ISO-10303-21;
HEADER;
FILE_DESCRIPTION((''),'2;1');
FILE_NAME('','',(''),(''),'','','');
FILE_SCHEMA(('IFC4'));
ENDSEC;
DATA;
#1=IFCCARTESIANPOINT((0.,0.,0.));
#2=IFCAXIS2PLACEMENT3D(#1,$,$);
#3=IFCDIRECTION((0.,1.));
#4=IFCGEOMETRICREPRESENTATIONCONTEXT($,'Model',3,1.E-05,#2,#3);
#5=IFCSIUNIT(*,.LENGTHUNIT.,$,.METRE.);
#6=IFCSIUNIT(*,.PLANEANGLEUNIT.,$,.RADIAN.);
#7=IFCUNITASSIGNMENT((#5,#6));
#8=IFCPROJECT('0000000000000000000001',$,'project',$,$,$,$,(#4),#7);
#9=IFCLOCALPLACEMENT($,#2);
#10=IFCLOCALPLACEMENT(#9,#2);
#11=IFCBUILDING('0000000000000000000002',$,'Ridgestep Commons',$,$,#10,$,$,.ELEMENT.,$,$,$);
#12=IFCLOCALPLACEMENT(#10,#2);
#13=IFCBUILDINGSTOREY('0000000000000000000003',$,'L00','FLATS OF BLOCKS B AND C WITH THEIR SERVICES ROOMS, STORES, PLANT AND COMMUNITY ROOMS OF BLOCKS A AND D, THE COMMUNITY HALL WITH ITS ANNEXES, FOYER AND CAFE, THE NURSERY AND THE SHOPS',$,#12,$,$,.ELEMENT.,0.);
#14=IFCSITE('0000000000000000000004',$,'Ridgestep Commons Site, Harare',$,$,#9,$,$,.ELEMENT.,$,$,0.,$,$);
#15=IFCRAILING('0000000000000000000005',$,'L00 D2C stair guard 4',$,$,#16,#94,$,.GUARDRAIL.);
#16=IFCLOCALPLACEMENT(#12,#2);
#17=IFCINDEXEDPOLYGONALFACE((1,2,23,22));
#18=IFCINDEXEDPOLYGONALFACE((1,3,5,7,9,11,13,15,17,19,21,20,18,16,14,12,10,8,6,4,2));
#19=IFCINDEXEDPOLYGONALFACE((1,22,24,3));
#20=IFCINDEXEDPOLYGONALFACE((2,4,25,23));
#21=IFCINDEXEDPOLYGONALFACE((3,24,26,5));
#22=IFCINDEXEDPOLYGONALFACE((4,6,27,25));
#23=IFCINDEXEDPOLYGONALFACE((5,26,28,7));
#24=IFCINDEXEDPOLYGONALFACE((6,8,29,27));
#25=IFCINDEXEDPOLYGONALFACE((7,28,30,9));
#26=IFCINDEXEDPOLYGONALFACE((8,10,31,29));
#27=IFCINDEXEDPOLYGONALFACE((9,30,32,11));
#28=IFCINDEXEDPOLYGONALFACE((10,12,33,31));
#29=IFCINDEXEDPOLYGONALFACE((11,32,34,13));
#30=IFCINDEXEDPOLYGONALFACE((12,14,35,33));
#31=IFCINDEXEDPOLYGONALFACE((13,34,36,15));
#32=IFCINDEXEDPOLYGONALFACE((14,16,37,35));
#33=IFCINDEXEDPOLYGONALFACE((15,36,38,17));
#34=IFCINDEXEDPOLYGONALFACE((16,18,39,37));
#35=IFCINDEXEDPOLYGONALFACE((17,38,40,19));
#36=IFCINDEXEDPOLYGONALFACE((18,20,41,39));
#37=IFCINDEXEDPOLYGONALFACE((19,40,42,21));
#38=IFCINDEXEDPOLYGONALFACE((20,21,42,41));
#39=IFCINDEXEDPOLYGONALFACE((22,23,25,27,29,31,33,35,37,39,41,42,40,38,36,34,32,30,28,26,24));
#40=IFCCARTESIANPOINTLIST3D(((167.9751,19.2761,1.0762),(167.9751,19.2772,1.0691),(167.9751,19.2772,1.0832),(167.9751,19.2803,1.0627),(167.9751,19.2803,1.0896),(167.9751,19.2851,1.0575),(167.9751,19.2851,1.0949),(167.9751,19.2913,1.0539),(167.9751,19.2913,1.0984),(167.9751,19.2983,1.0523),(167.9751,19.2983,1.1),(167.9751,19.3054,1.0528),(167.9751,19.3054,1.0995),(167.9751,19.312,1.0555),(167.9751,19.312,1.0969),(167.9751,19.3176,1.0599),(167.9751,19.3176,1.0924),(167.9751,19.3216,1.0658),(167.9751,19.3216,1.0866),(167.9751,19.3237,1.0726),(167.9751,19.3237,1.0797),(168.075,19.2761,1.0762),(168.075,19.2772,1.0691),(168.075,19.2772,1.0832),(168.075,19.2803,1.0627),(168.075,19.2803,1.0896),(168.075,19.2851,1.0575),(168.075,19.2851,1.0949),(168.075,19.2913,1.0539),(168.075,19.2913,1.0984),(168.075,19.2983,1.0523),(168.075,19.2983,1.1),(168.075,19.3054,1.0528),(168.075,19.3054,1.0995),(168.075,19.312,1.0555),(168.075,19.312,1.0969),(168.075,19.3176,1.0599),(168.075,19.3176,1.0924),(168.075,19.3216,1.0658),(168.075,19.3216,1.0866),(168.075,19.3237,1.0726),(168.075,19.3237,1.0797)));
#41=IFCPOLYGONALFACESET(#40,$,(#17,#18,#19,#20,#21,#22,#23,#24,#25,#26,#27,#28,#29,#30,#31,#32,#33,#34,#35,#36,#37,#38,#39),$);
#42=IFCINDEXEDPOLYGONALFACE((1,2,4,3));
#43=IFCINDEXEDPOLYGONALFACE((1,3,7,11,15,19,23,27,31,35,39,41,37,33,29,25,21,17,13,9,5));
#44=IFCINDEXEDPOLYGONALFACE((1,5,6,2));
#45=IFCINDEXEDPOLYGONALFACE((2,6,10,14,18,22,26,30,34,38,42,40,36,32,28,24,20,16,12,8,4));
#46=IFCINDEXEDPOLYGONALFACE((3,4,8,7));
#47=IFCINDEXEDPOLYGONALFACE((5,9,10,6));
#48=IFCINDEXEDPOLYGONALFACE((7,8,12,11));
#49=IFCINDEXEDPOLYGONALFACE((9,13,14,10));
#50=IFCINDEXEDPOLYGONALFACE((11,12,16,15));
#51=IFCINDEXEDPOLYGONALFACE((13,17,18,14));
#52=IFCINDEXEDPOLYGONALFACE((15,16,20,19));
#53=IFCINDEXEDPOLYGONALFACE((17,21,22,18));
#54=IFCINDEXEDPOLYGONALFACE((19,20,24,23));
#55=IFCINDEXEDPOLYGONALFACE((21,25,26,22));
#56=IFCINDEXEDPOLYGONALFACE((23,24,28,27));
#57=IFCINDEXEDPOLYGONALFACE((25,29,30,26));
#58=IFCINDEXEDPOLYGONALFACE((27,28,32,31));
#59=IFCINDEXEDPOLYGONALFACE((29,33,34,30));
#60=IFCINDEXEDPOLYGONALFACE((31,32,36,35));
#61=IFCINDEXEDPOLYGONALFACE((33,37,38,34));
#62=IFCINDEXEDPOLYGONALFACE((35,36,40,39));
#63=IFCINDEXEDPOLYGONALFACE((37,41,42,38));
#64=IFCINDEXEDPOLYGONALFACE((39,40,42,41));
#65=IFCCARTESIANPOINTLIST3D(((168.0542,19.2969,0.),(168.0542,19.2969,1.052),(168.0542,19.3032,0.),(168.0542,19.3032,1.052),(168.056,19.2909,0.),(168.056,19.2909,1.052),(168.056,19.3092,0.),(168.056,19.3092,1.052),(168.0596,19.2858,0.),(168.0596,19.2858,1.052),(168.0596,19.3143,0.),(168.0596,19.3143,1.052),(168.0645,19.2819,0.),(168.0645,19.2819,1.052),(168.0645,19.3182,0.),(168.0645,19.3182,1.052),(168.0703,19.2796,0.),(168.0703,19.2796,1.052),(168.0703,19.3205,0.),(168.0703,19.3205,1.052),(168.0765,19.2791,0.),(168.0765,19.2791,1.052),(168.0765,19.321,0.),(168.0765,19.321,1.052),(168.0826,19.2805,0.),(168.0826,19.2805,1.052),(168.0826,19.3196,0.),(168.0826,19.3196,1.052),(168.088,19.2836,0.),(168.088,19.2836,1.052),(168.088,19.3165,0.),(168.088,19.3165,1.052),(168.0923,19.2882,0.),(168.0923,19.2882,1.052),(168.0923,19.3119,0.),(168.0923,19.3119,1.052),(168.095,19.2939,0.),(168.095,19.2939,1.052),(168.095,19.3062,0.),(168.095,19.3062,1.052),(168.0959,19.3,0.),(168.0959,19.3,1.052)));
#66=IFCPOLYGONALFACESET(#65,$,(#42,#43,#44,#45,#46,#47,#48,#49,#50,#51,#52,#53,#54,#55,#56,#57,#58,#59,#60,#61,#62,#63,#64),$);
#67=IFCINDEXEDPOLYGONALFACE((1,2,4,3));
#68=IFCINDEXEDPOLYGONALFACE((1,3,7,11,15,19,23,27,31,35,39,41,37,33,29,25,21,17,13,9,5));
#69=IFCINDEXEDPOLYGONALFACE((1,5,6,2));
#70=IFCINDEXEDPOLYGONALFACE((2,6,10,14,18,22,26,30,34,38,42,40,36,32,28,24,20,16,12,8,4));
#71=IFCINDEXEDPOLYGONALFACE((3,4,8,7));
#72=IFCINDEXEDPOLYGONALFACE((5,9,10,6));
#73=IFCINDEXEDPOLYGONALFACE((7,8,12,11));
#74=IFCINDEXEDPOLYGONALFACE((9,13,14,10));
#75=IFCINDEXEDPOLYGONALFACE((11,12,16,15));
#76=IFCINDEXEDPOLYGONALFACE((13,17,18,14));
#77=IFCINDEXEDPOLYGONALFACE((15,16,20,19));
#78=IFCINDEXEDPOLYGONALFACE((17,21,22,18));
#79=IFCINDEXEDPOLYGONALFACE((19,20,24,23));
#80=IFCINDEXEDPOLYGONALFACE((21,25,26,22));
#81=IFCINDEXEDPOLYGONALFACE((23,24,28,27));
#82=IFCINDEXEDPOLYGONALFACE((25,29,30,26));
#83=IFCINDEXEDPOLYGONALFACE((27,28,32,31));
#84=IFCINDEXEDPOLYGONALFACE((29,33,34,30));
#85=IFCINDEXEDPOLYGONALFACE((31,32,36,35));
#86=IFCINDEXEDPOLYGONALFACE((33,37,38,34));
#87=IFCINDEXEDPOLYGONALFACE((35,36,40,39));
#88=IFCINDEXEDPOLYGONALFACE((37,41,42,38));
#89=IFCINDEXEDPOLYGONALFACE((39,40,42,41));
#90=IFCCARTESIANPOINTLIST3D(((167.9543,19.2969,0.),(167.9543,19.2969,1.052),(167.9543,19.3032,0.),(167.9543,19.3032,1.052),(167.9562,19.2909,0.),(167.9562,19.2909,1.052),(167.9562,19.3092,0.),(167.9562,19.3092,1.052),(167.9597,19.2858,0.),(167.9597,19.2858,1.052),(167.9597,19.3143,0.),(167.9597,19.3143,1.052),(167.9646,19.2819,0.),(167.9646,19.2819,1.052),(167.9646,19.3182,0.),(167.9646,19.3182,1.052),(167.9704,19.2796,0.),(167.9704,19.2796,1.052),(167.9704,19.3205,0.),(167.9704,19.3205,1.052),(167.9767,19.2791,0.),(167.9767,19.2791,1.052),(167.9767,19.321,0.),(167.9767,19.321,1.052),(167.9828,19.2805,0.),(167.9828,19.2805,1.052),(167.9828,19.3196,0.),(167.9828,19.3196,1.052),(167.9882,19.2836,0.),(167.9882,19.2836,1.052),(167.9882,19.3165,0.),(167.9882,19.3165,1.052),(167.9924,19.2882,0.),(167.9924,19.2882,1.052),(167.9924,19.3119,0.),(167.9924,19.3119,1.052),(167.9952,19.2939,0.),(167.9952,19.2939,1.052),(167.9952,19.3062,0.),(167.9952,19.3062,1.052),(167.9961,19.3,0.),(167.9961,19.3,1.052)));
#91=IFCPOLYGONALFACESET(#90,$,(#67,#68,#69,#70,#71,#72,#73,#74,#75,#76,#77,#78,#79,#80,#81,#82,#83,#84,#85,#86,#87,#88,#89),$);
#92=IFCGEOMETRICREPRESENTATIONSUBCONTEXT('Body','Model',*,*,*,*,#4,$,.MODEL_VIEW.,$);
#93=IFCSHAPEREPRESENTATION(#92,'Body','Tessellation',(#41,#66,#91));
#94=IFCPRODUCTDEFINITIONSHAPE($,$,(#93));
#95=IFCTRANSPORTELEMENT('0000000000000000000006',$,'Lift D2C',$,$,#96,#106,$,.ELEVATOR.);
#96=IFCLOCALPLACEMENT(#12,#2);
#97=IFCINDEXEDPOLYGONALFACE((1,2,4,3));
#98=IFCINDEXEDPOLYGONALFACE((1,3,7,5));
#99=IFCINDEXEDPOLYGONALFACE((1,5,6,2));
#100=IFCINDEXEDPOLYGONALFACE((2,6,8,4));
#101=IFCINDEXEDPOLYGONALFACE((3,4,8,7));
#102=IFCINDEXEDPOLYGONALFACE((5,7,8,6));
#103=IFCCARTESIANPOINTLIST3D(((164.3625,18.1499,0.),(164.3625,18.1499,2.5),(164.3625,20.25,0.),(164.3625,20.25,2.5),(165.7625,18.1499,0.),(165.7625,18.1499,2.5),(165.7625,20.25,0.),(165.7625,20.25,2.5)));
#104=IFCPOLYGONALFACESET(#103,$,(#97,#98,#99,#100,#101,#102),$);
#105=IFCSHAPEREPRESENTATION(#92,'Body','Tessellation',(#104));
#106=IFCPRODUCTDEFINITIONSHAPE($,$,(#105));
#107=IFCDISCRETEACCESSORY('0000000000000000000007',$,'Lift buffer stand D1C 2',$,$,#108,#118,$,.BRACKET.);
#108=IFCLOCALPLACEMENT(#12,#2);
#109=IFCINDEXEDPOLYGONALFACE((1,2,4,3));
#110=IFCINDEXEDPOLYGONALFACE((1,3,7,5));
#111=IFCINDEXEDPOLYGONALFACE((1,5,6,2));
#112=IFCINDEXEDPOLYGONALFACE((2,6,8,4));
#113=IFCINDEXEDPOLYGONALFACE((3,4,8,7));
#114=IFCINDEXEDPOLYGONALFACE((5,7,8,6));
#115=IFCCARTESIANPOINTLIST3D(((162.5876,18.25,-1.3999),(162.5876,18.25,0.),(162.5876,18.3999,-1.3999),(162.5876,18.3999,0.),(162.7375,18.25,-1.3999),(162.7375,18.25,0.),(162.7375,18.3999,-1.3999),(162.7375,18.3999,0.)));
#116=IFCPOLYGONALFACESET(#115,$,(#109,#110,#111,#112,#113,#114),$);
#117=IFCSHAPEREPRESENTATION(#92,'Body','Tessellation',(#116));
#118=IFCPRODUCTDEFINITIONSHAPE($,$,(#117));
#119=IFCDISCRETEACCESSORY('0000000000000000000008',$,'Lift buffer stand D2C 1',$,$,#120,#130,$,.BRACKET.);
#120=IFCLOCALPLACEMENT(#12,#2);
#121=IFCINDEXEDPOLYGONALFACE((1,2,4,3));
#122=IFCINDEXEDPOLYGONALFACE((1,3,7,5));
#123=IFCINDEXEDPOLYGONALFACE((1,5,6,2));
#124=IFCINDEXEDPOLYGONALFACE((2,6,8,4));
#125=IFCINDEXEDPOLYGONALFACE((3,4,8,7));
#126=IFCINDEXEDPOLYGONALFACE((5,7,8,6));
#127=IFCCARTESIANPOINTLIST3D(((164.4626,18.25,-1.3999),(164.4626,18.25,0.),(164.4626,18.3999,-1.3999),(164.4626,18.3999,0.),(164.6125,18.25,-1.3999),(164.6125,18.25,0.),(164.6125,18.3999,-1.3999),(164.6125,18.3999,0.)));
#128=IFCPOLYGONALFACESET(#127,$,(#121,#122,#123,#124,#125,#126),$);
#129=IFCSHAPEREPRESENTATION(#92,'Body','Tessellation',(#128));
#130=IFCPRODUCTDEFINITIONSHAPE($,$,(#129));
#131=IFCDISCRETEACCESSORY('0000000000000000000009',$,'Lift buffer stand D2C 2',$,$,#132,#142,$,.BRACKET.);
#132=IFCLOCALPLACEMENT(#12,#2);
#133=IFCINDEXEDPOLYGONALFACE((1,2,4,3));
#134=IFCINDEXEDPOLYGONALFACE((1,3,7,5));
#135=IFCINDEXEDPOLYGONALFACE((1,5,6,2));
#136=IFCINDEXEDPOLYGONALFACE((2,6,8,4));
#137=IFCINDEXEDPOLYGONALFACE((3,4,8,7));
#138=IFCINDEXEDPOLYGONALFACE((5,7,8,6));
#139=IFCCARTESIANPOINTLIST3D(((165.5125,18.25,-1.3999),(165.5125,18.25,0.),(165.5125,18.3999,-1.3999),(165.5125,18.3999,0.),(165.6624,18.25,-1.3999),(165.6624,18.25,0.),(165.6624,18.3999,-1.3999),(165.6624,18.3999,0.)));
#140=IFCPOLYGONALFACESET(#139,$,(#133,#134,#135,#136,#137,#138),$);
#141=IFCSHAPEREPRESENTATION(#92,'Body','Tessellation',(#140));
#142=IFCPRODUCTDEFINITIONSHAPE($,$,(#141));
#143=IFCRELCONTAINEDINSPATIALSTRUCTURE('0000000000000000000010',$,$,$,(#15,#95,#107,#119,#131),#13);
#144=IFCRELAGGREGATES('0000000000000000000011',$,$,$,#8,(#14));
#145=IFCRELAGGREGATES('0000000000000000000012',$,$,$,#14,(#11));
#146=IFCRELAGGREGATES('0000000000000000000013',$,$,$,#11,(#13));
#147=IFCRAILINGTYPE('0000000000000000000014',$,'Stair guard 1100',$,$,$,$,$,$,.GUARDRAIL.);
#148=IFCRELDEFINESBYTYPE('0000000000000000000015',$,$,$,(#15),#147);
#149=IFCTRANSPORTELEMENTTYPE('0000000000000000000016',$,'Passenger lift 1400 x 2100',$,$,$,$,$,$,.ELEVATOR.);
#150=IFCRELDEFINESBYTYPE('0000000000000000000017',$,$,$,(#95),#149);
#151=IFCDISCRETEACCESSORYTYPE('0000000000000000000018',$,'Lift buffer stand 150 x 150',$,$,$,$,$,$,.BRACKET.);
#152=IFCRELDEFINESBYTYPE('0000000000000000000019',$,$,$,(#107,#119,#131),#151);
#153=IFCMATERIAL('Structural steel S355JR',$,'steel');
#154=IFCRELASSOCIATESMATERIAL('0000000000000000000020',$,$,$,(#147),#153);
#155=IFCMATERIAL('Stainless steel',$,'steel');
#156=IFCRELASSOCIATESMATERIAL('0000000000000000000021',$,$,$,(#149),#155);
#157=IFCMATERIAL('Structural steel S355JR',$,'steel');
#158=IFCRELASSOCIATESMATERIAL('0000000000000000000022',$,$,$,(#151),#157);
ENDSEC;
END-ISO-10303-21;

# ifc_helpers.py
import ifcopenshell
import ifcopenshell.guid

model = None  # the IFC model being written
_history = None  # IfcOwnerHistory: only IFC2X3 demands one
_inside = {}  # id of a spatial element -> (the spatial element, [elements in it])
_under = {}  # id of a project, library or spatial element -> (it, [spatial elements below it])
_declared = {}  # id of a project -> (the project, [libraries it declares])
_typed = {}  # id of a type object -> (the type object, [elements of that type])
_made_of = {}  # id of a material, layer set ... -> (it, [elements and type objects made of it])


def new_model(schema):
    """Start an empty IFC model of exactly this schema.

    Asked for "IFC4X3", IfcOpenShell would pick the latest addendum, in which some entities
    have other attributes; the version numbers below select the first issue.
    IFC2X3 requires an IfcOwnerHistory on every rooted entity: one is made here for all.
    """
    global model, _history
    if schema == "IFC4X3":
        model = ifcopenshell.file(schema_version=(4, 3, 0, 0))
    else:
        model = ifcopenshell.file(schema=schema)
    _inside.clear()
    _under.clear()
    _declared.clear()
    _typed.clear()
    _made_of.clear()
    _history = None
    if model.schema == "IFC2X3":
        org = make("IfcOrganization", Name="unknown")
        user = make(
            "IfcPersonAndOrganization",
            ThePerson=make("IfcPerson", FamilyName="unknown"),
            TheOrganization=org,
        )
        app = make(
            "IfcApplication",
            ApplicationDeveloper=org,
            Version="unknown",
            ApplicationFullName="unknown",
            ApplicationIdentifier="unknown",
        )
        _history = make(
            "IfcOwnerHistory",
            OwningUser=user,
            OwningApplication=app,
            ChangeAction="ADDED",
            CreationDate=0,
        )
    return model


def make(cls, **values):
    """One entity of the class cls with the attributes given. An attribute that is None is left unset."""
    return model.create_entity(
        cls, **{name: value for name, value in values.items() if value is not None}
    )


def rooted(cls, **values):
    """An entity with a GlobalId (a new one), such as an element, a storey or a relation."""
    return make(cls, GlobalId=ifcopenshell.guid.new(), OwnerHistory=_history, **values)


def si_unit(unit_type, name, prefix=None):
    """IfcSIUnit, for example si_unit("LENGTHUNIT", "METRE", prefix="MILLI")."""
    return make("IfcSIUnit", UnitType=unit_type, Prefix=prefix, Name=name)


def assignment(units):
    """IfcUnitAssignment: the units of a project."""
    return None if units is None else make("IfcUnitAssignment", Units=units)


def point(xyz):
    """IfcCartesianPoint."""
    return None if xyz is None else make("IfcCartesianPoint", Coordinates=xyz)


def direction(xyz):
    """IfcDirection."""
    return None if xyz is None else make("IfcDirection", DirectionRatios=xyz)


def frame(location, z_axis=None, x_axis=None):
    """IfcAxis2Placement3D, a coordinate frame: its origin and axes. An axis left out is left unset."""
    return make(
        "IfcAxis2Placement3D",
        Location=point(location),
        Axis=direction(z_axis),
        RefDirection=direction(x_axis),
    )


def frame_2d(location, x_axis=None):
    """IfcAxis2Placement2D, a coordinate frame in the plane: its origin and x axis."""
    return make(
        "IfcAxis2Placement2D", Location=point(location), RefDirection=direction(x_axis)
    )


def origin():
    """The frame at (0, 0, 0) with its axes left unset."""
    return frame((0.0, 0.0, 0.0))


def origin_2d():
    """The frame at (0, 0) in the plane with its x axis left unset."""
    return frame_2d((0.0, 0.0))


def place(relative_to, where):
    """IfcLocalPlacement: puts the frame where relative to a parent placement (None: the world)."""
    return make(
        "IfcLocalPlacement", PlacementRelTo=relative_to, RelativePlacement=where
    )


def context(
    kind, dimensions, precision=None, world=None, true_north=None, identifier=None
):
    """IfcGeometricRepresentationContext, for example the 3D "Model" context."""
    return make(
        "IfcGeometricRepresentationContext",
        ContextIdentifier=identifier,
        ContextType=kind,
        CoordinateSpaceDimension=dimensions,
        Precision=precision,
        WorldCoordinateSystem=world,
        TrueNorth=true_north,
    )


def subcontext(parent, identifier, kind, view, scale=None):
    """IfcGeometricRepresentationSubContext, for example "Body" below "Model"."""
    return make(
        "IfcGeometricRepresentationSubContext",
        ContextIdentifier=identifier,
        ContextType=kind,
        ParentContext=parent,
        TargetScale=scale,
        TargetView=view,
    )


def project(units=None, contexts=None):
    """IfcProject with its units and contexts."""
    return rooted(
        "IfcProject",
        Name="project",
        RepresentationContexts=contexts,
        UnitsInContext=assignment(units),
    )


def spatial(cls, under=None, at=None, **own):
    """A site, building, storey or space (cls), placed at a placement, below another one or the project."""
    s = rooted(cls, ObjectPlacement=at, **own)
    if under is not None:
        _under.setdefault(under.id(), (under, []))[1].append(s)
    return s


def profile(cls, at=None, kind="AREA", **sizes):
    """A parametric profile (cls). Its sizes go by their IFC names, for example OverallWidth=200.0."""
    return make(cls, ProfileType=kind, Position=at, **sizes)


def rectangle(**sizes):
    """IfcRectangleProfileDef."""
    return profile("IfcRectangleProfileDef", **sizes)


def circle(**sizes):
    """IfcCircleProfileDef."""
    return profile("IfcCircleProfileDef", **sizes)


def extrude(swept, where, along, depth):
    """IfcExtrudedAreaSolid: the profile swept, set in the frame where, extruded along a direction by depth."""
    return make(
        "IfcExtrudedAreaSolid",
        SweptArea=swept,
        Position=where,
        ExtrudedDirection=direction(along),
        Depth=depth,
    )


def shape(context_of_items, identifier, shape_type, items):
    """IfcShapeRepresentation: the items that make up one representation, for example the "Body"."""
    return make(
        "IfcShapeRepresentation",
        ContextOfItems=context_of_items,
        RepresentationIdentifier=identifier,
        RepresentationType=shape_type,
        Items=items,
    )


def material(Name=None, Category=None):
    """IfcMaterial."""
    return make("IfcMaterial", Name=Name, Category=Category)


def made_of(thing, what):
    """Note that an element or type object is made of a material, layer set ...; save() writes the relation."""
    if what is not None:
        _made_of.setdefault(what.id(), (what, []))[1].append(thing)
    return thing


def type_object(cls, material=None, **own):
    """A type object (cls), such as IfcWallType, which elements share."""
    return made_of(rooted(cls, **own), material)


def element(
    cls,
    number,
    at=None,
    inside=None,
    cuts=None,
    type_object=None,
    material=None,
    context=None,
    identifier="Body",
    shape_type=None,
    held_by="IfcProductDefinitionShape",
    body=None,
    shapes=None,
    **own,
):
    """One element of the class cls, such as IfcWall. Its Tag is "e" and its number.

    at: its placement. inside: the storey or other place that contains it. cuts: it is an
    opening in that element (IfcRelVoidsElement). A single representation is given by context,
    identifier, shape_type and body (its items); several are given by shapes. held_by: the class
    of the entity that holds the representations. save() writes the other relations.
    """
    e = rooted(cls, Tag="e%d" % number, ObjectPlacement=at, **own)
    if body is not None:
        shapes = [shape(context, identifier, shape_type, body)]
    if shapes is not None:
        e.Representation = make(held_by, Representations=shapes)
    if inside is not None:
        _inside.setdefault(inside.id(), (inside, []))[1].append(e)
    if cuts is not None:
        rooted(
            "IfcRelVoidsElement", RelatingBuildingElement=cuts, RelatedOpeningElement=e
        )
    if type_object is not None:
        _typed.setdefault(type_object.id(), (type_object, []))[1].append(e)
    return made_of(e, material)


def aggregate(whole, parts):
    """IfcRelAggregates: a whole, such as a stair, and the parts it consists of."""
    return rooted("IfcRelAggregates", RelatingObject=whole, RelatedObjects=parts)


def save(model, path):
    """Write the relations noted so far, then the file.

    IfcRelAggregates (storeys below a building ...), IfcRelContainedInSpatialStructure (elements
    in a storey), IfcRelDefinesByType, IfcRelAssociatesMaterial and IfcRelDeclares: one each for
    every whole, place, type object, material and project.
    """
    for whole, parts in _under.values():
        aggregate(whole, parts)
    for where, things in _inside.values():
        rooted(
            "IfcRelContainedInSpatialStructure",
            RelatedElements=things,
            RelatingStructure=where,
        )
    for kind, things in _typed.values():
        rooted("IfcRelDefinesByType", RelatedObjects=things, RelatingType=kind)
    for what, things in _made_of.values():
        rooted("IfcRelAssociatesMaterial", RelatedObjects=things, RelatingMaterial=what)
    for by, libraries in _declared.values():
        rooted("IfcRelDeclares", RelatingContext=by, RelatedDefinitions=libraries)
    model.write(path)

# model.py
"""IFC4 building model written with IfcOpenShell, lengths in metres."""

from ifc_helpers import new_model, si_unit, direction, frame, origin, origin_2d, place, context, subcontext, project, spatial, rectangle, circle, extrude, material, type_object, element, save


model = new_model("IFC4")

# Units and contexts
model_context = context("Model", 3, precision=1e-05, world=origin(), true_north=direction((0.0, 1.0)))
body_context = subcontext(model_context, "Body", "Model", "MODEL_VIEW")
ifc_project = project(units=[si_unit("LENGTHUNIT", "METRE"), si_unit("PLANEANGLEUNIT", "RADIAN")], contexts=[model_context])

# Site, building, storey
site_placement = place(None, origin())
site = spatial("IfcSite", under=ifc_project, at=site_placement, Name="Ridgestep Commons Site, Harare", CompositionType="ELEMENT", RefElevation=0.0)
building_placement = place(site_placement, origin())
building = spatial("IfcBuilding", under=site, at=building_placement, Name="Ridgestep Commons", CompositionType="ELEMENT")
storey_placement = place(building_placement, origin())
storey = spatial("IfcBuildingStorey", under=building, at=storey_placement, Name="L00", Description="FLATS OF BLOCKS B AND C WITH THEIR SERVICES ROOMS, STORES, PLANT AND COMMUNITY ROOMS OF BLOCKS A AND D, THE COMMUNITY HALL WITH ITS ANNEXES, FOYER AND CAFE, THE NURSERY AND THE SHOPS", CompositionType="ELEMENT", Elevation=0.0)

# Railing
ifc_material_1 = material(Name="Structural steel S355JR", Category="steel")
railing_type_1 = type_object("IfcRailingType", Name="Stair guard 1100", PredefinedType="GUARDRAIL", material=ifc_material_1)
railing_1_placement = place(storey_placement, frame((168.075, 19.3, 0.0)))
element("IfcRailing", 1, at=railing_1_placement, inside=storey, type_object=railing_type_1, Name="L00 D2C stair guard 4", PredefinedType="GUARDRAIL", context=body_context, shape_type="SweptSolid", body=[
    extrude(circle(Radius=0.0239, at=origin_2d()), frame((0.0, 0.0, 1.0762), z_axis=(-1.0, 0.0, 0.0), x_axis=(0.0, -1.0, 0.0)), (0.0, 0.0, 1.0), 0.0999),
    extrude(circle(Radius=0.021, at=origin_2d()), origin(), (0.0, 0.0, 1.0), 1.052),
    extrude(circle(Radius=0.021, at=origin_2d()), frame((-0.0999, 0.0, 0.0)), (0.0, 0.0, 1.0), 1.052),
])

# Transport element
ifc_material_2 = material(Name="Stainless steel", Category="steel")
transport_element_type = type_object("IfcTransportElementType", Name="Passenger lift 1400 x 2100", PredefinedType="ELEVATOR", material=ifc_material_2)
transport_element_placement = place(storey_placement, frame((165.0625, 19.2, 0.0), z_axis=(0.0, 0.0, 1.0), x_axis=(1.0, 0.0, 0.0)))
element("IfcTransportElement", 2, at=transport_element_placement, inside=storey, type_object=transport_element_type, Name="Lift D2C", PredefinedType="ELEVATOR", context=body_context, shape_type="SweptSolid", body=[
    extrude(rectangle(XDim=1.3999, YDim=2.1001, at=origin_2d()), origin(), (0.0, 0.0, 1.0), 2.5),
])

# Discrete accessories
ifc_material_3 = material(Name="Structural steel S355JR", Category="steel")
discrete_accessory_type = type_object("IfcDiscreteAccessoryType", Name="Lift buffer stand 150 x 150", PredefinedType="BRACKET", material=ifc_material_3)
for number, where, z_axis, x_axis, name in (
    (3, (162.6626, 18.325, -1.3999), (0.0, 0.0, 1.0), (1.0, 0.0, 0.0), "Lift buffer stand D1C 2"),
    (4, (164.5376, 18.325, -1.3999), (0.0, 0.0, 1.0), (1.0, 0.0, 0.0), "Lift buffer stand D2C 1"),
    (5, (165.5874, 18.325, -1.3999), (0.0, 0.0, 1.0), (1.0, 0.0, 0.0), "Lift buffer stand D2C 2"),
):
    element("IfcDiscreteAccessory", number, at=place(storey_placement, frame(where, z_axis=z_axis, x_axis=x_axis)), inside=storey, type_object=discrete_accessory_type, Name=name, PredefinedType="BRACKET", context=body_context, shape_type="SweptSolid", body=[
        extrude(rectangle(XDim=0.1499, YDim=0.1499, at=origin_2d()), origin(), (0.0, 0.0, 1.0), 1.3999),
    ])

save(model, "model.ifc")
